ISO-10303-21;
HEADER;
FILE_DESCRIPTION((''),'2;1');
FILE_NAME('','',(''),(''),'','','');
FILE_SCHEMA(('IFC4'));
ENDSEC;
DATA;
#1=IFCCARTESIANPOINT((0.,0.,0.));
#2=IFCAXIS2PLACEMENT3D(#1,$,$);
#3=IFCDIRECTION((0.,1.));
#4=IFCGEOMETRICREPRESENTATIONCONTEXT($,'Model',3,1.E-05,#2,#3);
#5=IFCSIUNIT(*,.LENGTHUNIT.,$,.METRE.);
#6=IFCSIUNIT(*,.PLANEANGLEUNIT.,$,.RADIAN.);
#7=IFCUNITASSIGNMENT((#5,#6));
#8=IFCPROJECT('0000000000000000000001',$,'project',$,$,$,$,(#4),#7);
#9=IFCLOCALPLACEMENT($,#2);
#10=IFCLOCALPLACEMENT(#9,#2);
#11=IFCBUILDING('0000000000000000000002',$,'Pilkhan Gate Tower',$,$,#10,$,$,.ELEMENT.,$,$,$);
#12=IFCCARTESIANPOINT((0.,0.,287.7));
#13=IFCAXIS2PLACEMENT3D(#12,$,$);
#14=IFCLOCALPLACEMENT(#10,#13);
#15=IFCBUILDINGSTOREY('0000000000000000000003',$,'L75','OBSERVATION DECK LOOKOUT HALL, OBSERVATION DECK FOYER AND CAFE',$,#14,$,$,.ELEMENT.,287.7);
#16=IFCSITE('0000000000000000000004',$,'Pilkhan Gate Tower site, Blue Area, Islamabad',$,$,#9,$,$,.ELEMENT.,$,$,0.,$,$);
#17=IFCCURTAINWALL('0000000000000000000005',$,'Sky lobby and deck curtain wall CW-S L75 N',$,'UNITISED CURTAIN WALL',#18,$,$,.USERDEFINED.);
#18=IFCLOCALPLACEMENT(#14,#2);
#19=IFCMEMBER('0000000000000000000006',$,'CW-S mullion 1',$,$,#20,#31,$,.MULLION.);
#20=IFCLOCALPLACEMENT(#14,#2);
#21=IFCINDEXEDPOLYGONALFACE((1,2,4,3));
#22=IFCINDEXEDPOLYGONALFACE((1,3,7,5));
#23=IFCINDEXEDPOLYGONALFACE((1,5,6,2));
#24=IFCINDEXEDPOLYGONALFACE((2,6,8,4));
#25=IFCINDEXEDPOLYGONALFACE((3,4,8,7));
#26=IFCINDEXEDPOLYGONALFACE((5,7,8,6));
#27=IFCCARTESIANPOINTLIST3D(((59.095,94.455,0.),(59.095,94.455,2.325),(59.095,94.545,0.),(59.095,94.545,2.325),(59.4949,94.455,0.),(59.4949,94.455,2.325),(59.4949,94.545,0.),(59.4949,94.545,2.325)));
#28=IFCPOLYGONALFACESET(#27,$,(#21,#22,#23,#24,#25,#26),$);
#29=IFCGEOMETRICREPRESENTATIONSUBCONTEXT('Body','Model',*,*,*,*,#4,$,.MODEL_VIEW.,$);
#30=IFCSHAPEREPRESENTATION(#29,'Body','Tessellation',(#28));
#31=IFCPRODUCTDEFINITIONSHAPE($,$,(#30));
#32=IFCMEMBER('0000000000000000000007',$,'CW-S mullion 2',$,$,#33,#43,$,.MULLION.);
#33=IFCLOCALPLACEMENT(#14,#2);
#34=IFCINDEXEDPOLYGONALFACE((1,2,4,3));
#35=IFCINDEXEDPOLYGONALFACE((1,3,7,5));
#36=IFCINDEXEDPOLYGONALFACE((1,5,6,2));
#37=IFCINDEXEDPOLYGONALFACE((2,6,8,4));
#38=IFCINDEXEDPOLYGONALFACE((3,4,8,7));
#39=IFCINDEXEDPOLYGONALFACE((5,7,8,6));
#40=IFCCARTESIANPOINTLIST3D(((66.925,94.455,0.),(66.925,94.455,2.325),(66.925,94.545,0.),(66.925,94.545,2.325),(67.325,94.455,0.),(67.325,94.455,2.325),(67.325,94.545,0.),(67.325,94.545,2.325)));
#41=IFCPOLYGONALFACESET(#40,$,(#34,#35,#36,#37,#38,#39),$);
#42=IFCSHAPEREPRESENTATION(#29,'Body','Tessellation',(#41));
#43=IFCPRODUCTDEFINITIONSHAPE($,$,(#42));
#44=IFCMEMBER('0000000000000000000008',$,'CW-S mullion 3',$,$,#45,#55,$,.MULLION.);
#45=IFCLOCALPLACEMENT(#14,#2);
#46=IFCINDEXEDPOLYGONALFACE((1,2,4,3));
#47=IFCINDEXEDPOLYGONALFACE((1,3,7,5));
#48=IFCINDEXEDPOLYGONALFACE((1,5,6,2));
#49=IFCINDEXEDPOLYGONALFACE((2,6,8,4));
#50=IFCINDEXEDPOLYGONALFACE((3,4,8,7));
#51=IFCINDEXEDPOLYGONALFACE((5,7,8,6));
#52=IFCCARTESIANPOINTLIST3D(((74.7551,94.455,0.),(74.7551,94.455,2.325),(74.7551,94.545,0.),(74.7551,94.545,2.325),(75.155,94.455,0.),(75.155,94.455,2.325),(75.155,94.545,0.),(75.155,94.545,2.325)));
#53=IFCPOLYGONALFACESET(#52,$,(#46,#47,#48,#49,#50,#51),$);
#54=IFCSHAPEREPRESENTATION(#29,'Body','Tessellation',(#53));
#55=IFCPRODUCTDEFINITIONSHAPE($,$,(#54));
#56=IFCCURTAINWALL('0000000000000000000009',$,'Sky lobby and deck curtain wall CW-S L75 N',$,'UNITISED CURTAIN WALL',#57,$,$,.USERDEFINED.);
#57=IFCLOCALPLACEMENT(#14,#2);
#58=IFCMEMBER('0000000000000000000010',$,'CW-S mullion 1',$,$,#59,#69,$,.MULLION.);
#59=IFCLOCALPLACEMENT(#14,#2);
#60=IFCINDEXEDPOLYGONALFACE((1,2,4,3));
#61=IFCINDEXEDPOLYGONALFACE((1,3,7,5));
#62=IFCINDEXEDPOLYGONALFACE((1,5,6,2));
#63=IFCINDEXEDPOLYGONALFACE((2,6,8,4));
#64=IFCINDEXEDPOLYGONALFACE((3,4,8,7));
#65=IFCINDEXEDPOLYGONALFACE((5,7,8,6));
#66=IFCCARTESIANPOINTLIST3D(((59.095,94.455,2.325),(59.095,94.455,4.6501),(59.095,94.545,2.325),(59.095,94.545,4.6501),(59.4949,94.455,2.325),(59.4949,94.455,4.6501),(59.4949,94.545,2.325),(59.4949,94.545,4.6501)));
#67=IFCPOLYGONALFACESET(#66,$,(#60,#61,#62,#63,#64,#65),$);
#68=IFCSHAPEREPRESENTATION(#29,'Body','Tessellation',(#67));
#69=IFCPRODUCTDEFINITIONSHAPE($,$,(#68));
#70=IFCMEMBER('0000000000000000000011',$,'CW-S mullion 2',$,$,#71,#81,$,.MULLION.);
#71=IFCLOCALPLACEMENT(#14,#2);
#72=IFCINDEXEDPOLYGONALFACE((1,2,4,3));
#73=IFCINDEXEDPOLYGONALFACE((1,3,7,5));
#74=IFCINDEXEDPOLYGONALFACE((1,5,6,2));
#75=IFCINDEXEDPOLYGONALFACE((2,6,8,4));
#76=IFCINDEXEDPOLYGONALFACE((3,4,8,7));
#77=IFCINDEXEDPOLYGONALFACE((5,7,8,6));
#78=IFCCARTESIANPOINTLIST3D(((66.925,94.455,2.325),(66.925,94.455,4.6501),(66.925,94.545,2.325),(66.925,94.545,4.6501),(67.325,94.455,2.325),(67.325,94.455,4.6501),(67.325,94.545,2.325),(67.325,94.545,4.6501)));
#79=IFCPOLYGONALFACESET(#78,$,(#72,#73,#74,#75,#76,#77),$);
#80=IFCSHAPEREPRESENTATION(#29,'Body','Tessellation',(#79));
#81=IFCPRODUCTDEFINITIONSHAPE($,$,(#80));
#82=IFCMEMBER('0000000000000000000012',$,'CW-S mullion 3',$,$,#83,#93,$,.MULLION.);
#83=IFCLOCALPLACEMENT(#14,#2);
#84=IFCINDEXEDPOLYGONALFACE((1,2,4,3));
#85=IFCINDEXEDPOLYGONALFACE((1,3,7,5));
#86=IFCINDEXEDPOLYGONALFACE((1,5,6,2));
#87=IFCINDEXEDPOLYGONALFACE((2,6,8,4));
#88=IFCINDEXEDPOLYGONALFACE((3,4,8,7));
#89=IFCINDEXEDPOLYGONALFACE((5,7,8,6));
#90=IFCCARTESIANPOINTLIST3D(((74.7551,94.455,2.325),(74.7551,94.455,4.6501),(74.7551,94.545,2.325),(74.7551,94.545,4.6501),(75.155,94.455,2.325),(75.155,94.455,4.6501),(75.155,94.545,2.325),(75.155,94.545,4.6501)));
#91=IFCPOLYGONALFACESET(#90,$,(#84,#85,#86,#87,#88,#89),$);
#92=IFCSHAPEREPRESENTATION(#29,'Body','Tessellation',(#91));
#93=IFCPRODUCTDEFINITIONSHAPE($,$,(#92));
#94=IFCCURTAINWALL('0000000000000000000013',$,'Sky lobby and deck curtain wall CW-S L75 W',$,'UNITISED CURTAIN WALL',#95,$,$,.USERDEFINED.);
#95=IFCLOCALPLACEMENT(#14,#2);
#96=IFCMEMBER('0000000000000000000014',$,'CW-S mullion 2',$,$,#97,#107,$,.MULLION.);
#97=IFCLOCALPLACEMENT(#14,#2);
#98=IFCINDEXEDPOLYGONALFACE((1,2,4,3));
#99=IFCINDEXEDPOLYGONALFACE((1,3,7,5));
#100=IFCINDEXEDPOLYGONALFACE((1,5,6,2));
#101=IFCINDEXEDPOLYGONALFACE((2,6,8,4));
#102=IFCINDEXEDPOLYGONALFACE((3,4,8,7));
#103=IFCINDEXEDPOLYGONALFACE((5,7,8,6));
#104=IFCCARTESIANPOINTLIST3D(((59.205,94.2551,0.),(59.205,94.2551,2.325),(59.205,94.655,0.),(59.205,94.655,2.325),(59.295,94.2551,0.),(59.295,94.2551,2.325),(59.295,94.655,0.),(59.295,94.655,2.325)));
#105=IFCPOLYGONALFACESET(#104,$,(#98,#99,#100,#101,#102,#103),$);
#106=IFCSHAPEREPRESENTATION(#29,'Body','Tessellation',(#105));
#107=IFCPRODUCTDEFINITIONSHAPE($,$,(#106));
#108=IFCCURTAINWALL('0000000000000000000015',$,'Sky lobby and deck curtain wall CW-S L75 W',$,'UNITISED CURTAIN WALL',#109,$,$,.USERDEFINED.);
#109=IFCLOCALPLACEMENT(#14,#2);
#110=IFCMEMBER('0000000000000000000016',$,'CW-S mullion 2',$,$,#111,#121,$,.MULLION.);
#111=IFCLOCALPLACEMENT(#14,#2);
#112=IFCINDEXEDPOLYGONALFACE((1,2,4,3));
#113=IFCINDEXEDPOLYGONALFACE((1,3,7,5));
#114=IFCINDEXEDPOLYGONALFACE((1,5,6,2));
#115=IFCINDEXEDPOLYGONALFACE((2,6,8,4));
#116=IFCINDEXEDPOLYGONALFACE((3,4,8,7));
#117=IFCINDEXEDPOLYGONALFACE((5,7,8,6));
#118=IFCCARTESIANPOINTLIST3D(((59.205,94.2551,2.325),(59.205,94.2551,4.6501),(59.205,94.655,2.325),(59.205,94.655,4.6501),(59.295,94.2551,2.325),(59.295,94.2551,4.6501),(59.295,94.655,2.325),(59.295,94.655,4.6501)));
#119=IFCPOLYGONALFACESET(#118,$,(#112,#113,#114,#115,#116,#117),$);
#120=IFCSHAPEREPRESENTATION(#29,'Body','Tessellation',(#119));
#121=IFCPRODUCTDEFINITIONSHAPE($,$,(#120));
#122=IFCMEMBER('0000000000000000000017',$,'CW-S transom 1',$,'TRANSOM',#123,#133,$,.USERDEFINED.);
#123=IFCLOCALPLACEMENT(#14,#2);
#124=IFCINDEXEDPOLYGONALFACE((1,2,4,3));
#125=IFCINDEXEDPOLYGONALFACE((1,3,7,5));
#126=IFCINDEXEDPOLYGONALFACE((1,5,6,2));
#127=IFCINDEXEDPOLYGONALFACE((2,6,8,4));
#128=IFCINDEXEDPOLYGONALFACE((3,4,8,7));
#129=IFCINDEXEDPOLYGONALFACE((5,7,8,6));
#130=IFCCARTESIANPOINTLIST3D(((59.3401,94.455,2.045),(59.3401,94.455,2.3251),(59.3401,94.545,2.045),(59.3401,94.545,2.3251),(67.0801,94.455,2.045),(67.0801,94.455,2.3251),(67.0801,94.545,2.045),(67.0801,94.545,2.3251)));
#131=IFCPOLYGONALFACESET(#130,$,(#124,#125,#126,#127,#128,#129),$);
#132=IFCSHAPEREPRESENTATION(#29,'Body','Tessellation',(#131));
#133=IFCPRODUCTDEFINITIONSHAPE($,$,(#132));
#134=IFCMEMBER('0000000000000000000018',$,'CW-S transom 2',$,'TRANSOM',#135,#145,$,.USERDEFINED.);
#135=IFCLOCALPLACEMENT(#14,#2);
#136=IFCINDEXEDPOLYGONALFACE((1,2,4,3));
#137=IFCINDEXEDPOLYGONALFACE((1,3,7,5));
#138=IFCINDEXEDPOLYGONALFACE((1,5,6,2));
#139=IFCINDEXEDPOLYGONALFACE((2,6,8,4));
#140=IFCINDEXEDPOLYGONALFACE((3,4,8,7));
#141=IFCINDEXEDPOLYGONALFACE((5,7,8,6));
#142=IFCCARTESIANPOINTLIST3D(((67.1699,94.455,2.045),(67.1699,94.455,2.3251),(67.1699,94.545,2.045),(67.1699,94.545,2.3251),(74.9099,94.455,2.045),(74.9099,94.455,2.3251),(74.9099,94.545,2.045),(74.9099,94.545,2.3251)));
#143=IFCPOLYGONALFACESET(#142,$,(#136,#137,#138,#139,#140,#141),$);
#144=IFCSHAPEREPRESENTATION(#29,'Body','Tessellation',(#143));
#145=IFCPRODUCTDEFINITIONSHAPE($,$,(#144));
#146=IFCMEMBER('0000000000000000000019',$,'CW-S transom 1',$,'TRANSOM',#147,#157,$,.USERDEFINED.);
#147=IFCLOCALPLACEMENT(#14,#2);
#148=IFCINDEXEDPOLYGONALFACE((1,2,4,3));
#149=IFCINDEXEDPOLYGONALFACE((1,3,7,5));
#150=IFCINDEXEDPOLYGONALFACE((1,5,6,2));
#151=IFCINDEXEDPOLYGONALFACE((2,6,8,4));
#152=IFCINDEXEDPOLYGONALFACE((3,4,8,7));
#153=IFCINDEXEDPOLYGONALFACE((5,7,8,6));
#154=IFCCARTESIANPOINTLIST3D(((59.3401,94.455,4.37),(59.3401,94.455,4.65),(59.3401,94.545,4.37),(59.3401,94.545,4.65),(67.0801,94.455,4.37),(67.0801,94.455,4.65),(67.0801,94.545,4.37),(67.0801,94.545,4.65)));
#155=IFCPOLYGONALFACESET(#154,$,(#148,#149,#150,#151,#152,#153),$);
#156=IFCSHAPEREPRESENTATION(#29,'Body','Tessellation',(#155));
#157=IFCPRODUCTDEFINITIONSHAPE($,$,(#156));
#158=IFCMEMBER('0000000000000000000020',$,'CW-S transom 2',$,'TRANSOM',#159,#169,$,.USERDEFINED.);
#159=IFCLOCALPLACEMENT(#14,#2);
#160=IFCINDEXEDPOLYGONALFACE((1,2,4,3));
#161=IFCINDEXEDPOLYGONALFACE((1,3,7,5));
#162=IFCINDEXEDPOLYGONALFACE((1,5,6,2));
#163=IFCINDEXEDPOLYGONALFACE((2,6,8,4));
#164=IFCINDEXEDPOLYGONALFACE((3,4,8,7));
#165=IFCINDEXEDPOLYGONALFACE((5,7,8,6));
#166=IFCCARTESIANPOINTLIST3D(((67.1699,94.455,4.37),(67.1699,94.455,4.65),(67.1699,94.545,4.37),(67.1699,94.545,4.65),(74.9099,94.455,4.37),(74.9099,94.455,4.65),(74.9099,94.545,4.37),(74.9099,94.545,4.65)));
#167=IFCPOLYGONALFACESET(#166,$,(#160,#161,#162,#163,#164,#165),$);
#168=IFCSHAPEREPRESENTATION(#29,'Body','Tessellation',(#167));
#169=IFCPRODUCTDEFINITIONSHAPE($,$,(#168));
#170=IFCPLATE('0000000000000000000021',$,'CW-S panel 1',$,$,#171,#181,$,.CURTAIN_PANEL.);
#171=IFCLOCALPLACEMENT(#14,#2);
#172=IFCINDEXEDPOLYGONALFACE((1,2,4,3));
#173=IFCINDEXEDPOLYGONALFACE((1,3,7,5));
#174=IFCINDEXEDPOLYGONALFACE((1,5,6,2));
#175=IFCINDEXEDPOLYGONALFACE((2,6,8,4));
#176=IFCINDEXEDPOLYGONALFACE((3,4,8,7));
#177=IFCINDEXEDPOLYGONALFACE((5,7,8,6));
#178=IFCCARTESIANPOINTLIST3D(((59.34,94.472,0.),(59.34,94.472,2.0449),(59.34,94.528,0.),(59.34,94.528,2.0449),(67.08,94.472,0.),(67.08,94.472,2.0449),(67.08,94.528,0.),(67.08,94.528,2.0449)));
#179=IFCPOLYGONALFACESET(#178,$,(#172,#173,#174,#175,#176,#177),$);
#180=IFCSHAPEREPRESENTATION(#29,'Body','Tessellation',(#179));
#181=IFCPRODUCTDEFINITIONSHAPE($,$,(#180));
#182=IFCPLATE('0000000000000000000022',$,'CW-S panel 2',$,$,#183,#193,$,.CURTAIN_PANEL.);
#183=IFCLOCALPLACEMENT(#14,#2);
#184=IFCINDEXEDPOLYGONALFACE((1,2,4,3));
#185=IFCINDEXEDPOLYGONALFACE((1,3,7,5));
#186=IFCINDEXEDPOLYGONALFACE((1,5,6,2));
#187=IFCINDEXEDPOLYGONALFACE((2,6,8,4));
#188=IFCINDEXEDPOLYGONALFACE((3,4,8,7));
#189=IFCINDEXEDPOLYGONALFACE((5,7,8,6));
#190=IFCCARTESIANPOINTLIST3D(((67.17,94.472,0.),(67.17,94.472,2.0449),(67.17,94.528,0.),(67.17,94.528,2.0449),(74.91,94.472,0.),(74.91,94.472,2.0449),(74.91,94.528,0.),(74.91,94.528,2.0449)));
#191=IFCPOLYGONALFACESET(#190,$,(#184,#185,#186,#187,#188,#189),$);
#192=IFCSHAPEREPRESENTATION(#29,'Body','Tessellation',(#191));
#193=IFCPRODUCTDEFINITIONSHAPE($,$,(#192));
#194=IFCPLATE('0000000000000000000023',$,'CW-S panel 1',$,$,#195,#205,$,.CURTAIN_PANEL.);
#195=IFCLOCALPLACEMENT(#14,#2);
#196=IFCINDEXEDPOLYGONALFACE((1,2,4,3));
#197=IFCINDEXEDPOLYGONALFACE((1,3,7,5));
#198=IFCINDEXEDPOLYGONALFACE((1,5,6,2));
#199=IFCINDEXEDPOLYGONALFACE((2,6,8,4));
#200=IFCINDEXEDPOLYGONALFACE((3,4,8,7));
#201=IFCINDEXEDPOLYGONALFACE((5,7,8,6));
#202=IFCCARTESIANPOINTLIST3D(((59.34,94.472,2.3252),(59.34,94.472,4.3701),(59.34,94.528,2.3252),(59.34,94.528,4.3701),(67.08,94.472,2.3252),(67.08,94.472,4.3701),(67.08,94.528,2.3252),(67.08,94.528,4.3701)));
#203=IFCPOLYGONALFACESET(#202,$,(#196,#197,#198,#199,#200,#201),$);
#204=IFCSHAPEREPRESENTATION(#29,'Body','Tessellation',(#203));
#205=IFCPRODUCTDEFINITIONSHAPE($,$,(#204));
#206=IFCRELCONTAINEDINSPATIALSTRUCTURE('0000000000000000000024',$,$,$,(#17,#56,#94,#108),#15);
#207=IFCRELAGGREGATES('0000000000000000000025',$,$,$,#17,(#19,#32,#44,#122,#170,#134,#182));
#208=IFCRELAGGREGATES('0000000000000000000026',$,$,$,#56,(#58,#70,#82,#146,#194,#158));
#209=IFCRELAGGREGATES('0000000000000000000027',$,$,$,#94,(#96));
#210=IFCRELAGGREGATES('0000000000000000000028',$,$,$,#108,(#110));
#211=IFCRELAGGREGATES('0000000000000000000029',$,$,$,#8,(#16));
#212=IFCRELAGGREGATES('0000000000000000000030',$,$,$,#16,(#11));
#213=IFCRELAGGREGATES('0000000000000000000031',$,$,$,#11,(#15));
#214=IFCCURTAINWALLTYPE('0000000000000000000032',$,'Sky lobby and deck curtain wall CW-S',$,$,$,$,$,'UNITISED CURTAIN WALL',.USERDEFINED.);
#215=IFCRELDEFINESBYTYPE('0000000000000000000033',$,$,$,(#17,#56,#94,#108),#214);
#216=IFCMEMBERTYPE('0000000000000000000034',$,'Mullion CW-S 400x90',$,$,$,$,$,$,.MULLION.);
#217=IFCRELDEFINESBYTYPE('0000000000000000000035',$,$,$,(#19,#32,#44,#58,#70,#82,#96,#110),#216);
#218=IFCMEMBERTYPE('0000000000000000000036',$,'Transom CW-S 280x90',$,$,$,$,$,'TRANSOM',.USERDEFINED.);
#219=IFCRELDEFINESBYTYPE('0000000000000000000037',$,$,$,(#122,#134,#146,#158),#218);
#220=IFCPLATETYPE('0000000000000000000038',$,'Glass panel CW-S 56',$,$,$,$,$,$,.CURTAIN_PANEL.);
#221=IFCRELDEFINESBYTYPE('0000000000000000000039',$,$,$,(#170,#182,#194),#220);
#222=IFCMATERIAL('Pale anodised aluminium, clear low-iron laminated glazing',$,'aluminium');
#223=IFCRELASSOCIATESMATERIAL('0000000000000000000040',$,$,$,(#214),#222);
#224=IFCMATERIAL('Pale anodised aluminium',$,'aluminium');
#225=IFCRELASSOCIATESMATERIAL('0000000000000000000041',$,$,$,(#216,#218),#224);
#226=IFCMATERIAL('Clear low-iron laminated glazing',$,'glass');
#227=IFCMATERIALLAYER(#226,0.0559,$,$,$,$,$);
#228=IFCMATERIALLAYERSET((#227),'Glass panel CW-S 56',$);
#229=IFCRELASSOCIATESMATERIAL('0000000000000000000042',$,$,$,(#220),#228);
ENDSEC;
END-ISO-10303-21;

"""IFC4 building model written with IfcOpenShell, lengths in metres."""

from ifc_helpers import new_model, si_unit, direction, frame, origin, origin_2d, place, context, subcontext, project, spatial, rectangle, extrude, material, layer, layer_set, material_profile, profile_set, type_object, element, aggregate, save


model = new_model("IFC4")

# Units and contexts
model_context = context("Model", 3, precision=1e-05, world=origin(), true_north=direction((0.0, 1.0)))
body_context = subcontext(model_context, "Body", "Model", "MODEL_VIEW")
ifc_project = project(units=[si_unit("LENGTHUNIT", "METRE"), si_unit("PLANEANGLEUNIT", "RADIAN")], contexts=[model_context])

# Site, building, storey
site_placement = place(None, origin())
site = spatial("IfcSite", under=ifc_project, at=site_placement, Name="Pilkhan Gate Tower site, Blue Area, Islamabad", CompositionType="ELEMENT", RefElevation=0.0)
building_placement = place(site_placement, origin())
building = spatial("IfcBuilding", under=site, at=building_placement, Name="Pilkhan Gate Tower", CompositionType="ELEMENT")
storey_placement = place(building_placement, frame((0.0, 0.0, 287.7)))
storey = spatial("IfcBuildingStorey", under=building, at=storey_placement, Name="L75", Description="OBSERVATION DECK LOOKOUT HALL, OBSERVATION DECK FOYER AND CAFE", CompositionType="ELEMENT", Elevation=287.7)

# Curtain walls, members
ifc_material_1 = material(Name="Pale anodised aluminium, clear low-iron laminated glazing", Category="aluminium")
curtain_wall_type = type_object("IfcCurtainWallType", Name="Sky lobby and deck curtain wall CW-S", ElementType="UNITISED CURTAIN WALL", PredefinedType="USERDEFINED", material=ifc_material_1)
curtain_wall_1_placement = place(storey_placement, origin())
curtain_wall_1 = element("IfcCurtainWall", 1, at=curtain_wall_1_placement, inside=storey, type_object=curtain_wall_type, Name="Sky lobby and deck curtain wall CW-S L75 N", ObjectType="UNITISED CURTAIN WALL", PredefinedType="USERDEFINED")
ifc_material_2 = material(Name="Pale anodised aluminium", Category="aluminium")
ifc_material_profile_1 = material_profile(ifc_material_2, rectangle(XDim=0.0901, YDim=0.3999, at=origin_2d()), Name="Mullion 400x90")
ifc_profile_set_1 = profile_set([ifc_material_profile_1], Name="Pale anodised aluminium")
member_type_1 = type_object("IfcMemberType", Name="Mullion CW-S 400x90", PredefinedType="MULLION", material=ifc_profile_set_1)
member_1_placement = place(storey_placement, frame((59.2949, 94.5, 0.0), z_axis=(0.0, 0.0, 1.0), x_axis=(0.0, 1.0, 0.0)))
member_1 = element("IfcMember", 2, at=member_1_placement, type_object=member_type_1, Name="CW-S mullion 1", PredefinedType="MULLION", context=body_context, shape_type="SweptSolid", body=[
    extrude(rectangle(XDim=0.0901, YDim=0.3999, at=origin_2d()), origin(), (0.0, 0.0, 1.0), 2.325),
])
member_2_placement = place(storey_placement, frame((67.125, 94.5, 0.0), z_axis=(0.0, 0.0, 1.0), x_axis=(0.0, 1.0, 0.0)))
member_2 = element("IfcMember", 3, at=member_2_placement, type_object=member_type_1, Name="CW-S mullion 2", PredefinedType="MULLION", context=body_context, shape_type="SweptSolid", body=[
    extrude(rectangle(XDim=0.0901, YDim=0.3999, at=origin_2d()), origin(), (0.0, 0.0, 1.0), 2.325),
])
member_3_placement = place(storey_placement, frame((74.9551, 94.5, 0.0), z_axis=(0.0, 0.0, 1.0), x_axis=(0.0, 1.0, 0.0)))
member_3 = element("IfcMember", 4, at=member_3_placement, type_object=member_type_1, Name="CW-S mullion 3", PredefinedType="MULLION", context=body_context, shape_type="SweptSolid", body=[
    extrude(rectangle(XDim=0.0901, YDim=0.3999, at=origin_2d()), origin(), (0.0, 0.0, 1.0), 2.325),
])
curtain_wall_2_placement = place(storey_placement, origin())
curtain_wall_2 = element("IfcCurtainWall", 5, at=curtain_wall_2_placement, inside=storey, type_object=curtain_wall_type, Name="Sky lobby and deck curtain wall CW-S L75 N", ObjectType="UNITISED CURTAIN WALL", PredefinedType="USERDEFINED")
member_4_placement = place(storey_placement, frame((59.2949, 94.5, 2.325), z_axis=(0.0, 0.0, 1.0), x_axis=(0.0, 1.0, 0.0)))
member_4 = element("IfcMember", 6, at=member_4_placement, type_object=member_type_1, Name="CW-S mullion 1", PredefinedType="MULLION", context=body_context, shape_type="SweptSolid", body=[
    extrude(rectangle(XDim=0.0901, YDim=0.3999, at=origin_2d()), origin(), (0.0, 0.0, 1.0), 2.3252),
])
member_5_placement = place(storey_placement, frame((67.125, 94.5, 2.325), z_axis=(0.0, 0.0, 1.0), x_axis=(0.0, 1.0, 0.0)))
member_5 = element("IfcMember", 7, at=member_5_placement, type_object=member_type_1, Name="CW-S mullion 2", PredefinedType="MULLION", context=body_context, shape_type="SweptSolid", body=[
    extrude(rectangle(XDim=0.0901, YDim=0.3999, at=origin_2d()), origin(), (0.0, 0.0, 1.0), 2.3252),
])
member_6_placement = place(storey_placement, frame((74.9551, 94.5, 2.325), z_axis=(0.0, 0.0, 1.0), x_axis=(0.0, 1.0, 0.0)))
member_6 = element("IfcMember", 8, at=member_6_placement, type_object=member_type_1, Name="CW-S mullion 3", PredefinedType="MULLION", context=body_context, shape_type="SweptSolid", body=[
    extrude(rectangle(XDim=0.0901, YDim=0.3999, at=origin_2d()), origin(), (0.0, 0.0, 1.0), 2.3252),
])

# Curtain walls, members
curtain_wall_3_placement = place(storey_placement, origin())
curtain_wall_3 = element("IfcCurtainWall", 9, at=curtain_wall_3_placement, inside=storey, type_object=curtain_wall_type, Name="Sky lobby and deck curtain wall CW-S L75 W", ObjectType="UNITISED CURTAIN WALL", PredefinedType="USERDEFINED")
member_7_placement = place(storey_placement, frame((59.25, 94.4551, 0.0), z_axis=(0.0, 0.0, 1.0), x_axis=(-1.0, 0.0, 0.0)))
member_7 = element("IfcMember", 10, at=member_7_placement, type_object=member_type_1, Name="CW-S mullion 2", PredefinedType="MULLION", context=body_context, shape_type="SweptSolid", body=[
    extrude(rectangle(XDim=0.0901, YDim=0.3999, at=origin_2d()), origin(), (0.0, 0.0, 1.0), 2.325),
])
curtain_wall_4_placement = place(storey_placement, origin())
curtain_wall_4 = element("IfcCurtainWall", 11, at=curtain_wall_4_placement, inside=storey, type_object=curtain_wall_type, Name="Sky lobby and deck curtain wall CW-S L75 W", ObjectType="UNITISED CURTAIN WALL", PredefinedType="USERDEFINED")
member_8_placement = place(storey_placement, frame((59.25, 94.4551, 2.325), z_axis=(0.0, 0.0, 1.0), x_axis=(-1.0, 0.0, 0.0)))
member_8 = element("IfcMember", 12, at=member_8_placement, type_object=member_type_1, Name="CW-S mullion 2", PredefinedType="MULLION", context=body_context, shape_type="SweptSolid", body=[
    extrude(rectangle(XDim=0.0901, YDim=0.3999, at=origin_2d()), origin(), (0.0, 0.0, 1.0), 2.3252),
])

# Members
ifc_material_profile_2 = material_profile(ifc_material_2, rectangle(XDim=0.0901, YDim=0.28, at=origin_2d()), Name="Transom 280x90")
ifc_profile_set_2 = profile_set([ifc_material_profile_2], Name="Pale anodised aluminium")
member_type_2 = type_object("IfcMemberType", Name="Transom CW-S 280x90", ElementType="TRANSOM", PredefinedType="USERDEFINED", material=ifc_profile_set_2)
member_9_placement = place(storey_placement, frame((59.3401, 94.5, 2.1851), z_axis=(1.0, 0.0, 0.0), x_axis=(0.0, 1.0, 0.0)))
member_9 = element("IfcMember", 13, at=member_9_placement, type_object=member_type_2, Name="CW-S transom 1", ObjectType="TRANSOM", PredefinedType="USERDEFINED", context=body_context, shape_type="SweptSolid", body=[
    extrude(rectangle(XDim=0.0901, YDim=0.28, at=origin_2d()), origin(), (0.0, 0.0, 1.0), 7.74),
])
member_10_placement = place(storey_placement, frame((67.1699, 94.5, 2.1851), z_axis=(1.0, 0.0, 0.0), x_axis=(0.0, 1.0, 0.0)))
member_10 = element("IfcMember", 14, at=member_10_placement, type_object=member_type_2, Name="CW-S transom 2", ObjectType="TRANSOM", PredefinedType="USERDEFINED", context=body_context, shape_type="SweptSolid", body=[
    extrude(rectangle(XDim=0.0901, YDim=0.28, at=origin_2d()), origin(), (0.0, 0.0, 1.0), 7.74),
])
member_11_placement = place(storey_placement, frame((59.3401, 94.5, 4.51), z_axis=(1.0, 0.0, 0.0), x_axis=(0.0, 1.0, 0.0)))
member_11 = element("IfcMember", 15, at=member_11_placement, type_object=member_type_2, Name="CW-S transom 1", ObjectType="TRANSOM", PredefinedType="USERDEFINED", context=body_context, shape_type="SweptSolid", body=[
    extrude(rectangle(XDim=0.0901, YDim=0.28, at=origin_2d()), origin(), (0.0, 0.0, 1.0), 7.74),
])
member_12_placement = place(storey_placement, frame((67.1699, 94.5, 4.51), z_axis=(1.0, 0.0, 0.0), x_axis=(0.0, 1.0, 0.0)))
member_12 = element("IfcMember", 16, at=member_12_placement, type_object=member_type_2, Name="CW-S transom 2", ObjectType="TRANSOM", PredefinedType="USERDEFINED", context=body_context, shape_type="SweptSolid", body=[
    extrude(rectangle(XDim=0.0901, YDim=0.28, at=origin_2d()), origin(), (0.0, 0.0, 1.0), 7.74),
])

# Plates
ifc_material_3 = material(Name="Clear low-iron laminated glazing", Category="glass")
ifc_layer_1 = layer(ifc_material_3, 0.0559)
ifc_layer_set_1 = layer_set([ifc_layer_1], Name="Glass panel CW-S 56")
plate_type = type_object("IfcPlateType", Name="Glass panel CW-S 56", PredefinedType="CURTAIN_PANEL", material=ifc_layer_set_1)
plate_1_placement = place(storey_placement, frame((63.21, 94.5, 0.0), z_axis=(0.0, 0.0, 1.0), x_axis=(1.0, 0.0, 0.0)))
plate_1 = element("IfcPlate", 17, at=plate_1_placement, type_object=plate_type, Name="CW-S panel 1", PredefinedType="CURTAIN_PANEL", context=body_context, shape_type="SweptSolid", body=[
    extrude(rectangle(XDim=7.74, YDim=0.0559, at=origin_2d()), origin(), (0.0, 0.0, 1.0), 2.0449),
])
plate_2_placement = place(storey_placement, frame((71.04, 94.5, 0.0), z_axis=(0.0, 0.0, 1.0), x_axis=(1.0, 0.0, 0.0)))
plate_2 = element("IfcPlate", 18, at=plate_2_placement, type_object=plate_type, Name="CW-S panel 2", PredefinedType="CURTAIN_PANEL", context=body_context, shape_type="SweptSolid", body=[
    extrude(rectangle(XDim=7.74, YDim=0.0559, at=origin_2d()), origin(), (0.0, 0.0, 1.0), 2.0449),
])
aggregate(curtain_wall_1, [member_1, member_2, member_3, member_9, plate_1, member_10, plate_2])
plate_3_placement = place(storey_placement, frame((63.21, 94.5, 2.3252), z_axis=(0.0, 0.0, 1.0), x_axis=(1.0, 0.0, 0.0)))
plate_3 = element("IfcPlate", 19, at=plate_3_placement, type_object=plate_type, Name="CW-S panel 1", PredefinedType="CURTAIN_PANEL", context=body_context, shape_type="SweptSolid", body=[
    extrude(rectangle(XDim=7.74, YDim=0.0559, at=origin_2d()), origin(), (0.0, 0.0, 1.0), 2.0449),
])
aggregate(curtain_wall_2, [member_4, member_5, member_6, member_11, plate_3, member_12])
aggregate(curtain_wall_3, [member_7])
aggregate(curtain_wall_4, [member_8])

save(model, "model.ifc")
